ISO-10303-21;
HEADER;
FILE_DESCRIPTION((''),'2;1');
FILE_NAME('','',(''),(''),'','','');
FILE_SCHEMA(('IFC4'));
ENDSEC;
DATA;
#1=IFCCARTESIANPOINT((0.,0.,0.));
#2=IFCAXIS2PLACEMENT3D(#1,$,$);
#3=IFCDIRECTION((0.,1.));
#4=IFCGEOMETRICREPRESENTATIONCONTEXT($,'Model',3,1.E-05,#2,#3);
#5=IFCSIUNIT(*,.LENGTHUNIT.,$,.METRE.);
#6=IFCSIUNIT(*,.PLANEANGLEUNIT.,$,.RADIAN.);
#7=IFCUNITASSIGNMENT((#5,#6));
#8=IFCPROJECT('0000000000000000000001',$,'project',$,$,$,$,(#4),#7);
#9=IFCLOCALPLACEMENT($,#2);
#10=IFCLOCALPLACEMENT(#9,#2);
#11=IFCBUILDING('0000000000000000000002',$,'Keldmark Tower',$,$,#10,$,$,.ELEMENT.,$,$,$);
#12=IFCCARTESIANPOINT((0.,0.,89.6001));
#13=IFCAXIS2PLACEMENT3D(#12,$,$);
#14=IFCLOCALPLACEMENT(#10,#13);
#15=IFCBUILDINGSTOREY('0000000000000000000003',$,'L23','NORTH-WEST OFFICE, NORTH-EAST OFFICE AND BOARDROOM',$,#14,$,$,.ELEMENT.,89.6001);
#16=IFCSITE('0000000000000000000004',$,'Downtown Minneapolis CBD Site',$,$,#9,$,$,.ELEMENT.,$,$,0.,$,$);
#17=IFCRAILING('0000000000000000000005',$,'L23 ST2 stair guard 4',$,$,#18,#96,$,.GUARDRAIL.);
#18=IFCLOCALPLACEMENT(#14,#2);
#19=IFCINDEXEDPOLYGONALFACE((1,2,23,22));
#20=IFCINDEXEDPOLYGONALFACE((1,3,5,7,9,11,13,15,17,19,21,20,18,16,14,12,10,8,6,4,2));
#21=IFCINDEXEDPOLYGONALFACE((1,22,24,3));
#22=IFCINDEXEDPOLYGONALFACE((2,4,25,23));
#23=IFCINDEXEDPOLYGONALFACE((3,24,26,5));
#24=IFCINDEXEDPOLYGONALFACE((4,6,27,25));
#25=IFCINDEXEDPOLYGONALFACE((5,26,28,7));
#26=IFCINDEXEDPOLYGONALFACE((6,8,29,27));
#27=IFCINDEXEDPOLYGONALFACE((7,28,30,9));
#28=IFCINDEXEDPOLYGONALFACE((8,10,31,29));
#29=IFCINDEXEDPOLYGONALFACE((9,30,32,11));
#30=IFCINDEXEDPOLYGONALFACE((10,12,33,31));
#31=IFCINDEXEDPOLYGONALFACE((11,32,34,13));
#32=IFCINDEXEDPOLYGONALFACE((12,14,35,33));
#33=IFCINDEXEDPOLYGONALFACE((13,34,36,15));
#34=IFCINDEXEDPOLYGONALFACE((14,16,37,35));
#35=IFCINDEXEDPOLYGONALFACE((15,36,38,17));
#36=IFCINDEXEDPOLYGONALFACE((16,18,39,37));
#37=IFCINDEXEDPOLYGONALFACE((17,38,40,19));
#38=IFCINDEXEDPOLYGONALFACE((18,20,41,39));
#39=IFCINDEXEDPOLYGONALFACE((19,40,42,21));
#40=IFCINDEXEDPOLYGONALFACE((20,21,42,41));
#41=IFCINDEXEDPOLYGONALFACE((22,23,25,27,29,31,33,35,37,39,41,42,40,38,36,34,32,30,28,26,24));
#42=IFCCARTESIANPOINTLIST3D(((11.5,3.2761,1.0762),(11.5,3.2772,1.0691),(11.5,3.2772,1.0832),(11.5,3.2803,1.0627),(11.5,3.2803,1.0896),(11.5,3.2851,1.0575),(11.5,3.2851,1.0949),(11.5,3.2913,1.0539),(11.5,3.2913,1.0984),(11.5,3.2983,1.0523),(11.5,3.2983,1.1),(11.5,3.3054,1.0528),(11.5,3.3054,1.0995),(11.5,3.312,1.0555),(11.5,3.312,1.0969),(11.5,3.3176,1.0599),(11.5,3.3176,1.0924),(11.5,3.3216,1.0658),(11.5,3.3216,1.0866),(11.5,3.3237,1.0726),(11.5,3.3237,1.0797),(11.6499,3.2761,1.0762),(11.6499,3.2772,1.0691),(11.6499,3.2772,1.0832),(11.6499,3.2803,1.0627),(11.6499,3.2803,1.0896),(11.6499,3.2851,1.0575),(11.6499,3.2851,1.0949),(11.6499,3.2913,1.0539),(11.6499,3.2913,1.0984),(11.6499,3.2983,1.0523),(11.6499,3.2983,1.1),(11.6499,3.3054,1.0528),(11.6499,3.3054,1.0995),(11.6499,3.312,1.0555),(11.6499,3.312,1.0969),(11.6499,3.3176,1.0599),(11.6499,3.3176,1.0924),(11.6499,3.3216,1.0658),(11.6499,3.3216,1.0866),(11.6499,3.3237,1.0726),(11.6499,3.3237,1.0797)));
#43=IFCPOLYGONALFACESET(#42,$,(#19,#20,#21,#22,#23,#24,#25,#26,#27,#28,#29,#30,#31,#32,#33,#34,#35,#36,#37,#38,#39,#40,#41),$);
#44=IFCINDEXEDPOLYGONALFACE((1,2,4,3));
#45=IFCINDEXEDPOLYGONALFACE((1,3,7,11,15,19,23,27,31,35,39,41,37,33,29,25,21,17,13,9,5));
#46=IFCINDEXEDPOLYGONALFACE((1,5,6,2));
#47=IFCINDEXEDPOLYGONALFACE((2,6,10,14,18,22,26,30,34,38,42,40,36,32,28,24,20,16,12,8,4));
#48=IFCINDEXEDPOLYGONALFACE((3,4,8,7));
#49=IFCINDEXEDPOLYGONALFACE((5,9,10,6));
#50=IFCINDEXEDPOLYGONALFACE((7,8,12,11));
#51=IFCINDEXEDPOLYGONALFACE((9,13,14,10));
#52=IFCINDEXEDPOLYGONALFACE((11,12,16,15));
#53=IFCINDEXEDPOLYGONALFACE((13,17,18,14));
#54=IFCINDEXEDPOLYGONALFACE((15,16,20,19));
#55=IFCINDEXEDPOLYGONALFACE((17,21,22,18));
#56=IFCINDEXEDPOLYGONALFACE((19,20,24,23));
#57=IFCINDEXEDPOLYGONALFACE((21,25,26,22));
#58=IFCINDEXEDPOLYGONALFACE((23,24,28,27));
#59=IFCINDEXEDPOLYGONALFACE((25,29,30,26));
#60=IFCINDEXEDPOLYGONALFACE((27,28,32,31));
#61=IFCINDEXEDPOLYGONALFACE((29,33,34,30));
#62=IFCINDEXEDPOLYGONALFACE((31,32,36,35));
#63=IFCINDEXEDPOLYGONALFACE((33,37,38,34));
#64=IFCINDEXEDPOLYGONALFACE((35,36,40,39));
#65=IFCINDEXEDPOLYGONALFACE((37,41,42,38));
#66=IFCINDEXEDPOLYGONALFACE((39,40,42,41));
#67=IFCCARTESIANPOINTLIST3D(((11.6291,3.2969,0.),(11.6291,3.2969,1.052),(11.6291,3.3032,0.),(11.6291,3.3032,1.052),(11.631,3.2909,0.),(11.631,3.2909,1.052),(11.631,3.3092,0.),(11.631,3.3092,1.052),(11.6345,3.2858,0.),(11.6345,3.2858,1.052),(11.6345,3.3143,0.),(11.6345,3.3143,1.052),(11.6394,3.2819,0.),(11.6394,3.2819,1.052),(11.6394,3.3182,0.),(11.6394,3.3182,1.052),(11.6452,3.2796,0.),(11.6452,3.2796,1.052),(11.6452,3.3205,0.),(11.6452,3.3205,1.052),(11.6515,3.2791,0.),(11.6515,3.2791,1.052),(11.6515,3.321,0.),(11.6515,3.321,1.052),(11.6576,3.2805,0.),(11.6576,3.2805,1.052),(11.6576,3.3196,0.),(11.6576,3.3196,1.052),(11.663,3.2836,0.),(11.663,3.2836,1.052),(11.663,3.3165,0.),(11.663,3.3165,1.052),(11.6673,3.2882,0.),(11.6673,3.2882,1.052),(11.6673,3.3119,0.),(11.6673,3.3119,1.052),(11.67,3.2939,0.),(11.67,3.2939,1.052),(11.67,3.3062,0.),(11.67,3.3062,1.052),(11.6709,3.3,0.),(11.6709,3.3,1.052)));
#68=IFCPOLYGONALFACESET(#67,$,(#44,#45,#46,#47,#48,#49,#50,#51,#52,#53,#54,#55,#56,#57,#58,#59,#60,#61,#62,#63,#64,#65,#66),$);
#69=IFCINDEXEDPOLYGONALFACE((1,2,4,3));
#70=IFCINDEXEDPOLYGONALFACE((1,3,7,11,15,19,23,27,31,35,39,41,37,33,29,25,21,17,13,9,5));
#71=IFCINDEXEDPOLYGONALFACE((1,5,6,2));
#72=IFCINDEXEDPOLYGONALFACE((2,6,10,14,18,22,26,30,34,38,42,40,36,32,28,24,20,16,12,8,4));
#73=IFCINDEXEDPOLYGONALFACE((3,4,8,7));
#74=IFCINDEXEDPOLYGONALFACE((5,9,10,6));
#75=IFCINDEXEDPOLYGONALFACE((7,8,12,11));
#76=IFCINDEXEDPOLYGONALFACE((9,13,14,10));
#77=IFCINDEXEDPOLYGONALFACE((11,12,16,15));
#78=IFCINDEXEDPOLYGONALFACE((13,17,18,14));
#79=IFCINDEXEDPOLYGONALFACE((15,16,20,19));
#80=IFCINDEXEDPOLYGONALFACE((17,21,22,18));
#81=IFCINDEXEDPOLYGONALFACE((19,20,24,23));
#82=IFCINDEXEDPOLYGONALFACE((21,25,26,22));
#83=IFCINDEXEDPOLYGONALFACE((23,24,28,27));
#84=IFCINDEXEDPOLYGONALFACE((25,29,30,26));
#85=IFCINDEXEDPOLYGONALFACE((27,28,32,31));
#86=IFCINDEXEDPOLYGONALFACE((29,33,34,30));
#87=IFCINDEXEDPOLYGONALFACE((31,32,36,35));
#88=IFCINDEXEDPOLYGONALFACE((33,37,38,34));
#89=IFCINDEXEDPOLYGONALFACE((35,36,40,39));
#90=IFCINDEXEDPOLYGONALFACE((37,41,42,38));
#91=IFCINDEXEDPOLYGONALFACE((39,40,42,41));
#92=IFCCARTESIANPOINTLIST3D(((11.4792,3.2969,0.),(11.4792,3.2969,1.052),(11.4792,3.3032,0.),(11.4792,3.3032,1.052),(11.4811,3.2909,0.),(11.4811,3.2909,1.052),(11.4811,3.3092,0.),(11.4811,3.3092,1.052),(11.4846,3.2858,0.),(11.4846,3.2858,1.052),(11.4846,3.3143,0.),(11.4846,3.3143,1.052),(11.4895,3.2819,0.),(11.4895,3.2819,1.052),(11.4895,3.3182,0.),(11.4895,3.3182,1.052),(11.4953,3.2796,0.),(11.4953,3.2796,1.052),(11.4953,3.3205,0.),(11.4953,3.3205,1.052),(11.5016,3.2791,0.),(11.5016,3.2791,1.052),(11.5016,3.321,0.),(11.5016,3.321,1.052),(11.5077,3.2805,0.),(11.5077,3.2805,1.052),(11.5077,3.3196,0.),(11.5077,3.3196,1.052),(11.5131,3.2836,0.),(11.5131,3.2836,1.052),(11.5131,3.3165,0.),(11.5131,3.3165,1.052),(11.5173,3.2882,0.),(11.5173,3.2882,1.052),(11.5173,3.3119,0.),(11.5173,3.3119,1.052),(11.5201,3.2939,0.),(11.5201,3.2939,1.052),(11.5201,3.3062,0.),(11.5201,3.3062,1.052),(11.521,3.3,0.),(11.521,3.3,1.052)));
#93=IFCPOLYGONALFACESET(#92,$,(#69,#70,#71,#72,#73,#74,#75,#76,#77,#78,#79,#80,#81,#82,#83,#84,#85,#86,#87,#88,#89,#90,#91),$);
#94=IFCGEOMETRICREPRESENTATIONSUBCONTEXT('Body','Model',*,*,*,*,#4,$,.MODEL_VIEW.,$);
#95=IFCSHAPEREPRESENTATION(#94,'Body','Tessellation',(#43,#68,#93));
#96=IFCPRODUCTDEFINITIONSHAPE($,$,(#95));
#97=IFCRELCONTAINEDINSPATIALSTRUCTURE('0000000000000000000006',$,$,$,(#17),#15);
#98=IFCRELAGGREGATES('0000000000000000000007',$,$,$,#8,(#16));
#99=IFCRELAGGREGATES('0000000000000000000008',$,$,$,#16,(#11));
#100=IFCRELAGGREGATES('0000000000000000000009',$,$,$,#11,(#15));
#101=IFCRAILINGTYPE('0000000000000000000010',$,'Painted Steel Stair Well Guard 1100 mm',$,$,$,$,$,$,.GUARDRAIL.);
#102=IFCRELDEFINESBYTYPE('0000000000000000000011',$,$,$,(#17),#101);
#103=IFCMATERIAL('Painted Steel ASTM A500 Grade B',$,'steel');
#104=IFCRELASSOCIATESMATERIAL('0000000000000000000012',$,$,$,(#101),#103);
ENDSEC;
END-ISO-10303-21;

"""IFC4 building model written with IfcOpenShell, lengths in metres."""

from ifc_helpers import new_model, si_unit, direction, frame, origin, origin_2d, place, context, subcontext, project, spatial, circle, extrude, material, type_object, element, save


model = new_model("IFC4")

# Units and contexts
model_context = context("Model", 3, precision=1e-05, world=origin(), true_north=direction((0.0, 1.0)))
body_context = subcontext(model_context, "Body", "Model", "MODEL_VIEW")
ifc_project = project(units=[si_unit("LENGTHUNIT", "METRE"), si_unit("PLANEANGLEUNIT", "RADIAN")], contexts=[model_context])

# Site, building, storey
site_placement = place(None, origin())
site = spatial("IfcSite", under=ifc_project, at=site_placement, Name="Downtown Minneapolis CBD Site", CompositionType="ELEMENT", RefElevation=0.0)
building_placement = place(site_placement, origin())
building = spatial("IfcBuilding", under=site, at=building_placement, Name="Keldmark Tower", CompositionType="ELEMENT")
storey_placement = place(building_placement, frame((0.0, 0.0, 89.6001)))
storey = spatial("IfcBuildingStorey", under=building, at=storey_placement, Name="L23", Description="NORTH-WEST OFFICE, NORTH-EAST OFFICE AND BOARDROOM", CompositionType="ELEMENT", Elevation=89.6001)

# Railing
ifc_material_1 = material(Name="Painted Steel ASTM A500 Grade B", Category="steel")
railing_type_1 = type_object("IfcRailingType", Name="Painted Steel Stair Well Guard 1100 mm", PredefinedType="GUARDRAIL", material=ifc_material_1)
railing_1_placement = place(storey_placement, frame((11.6499, 3.3, 0.0)))
element("IfcRailing", 1, at=railing_1_placement, inside=storey, type_object=railing_type_1, Name="L23 ST2 stair guard 4", PredefinedType="GUARDRAIL", context=body_context, shape_type="SweptSolid", body=[
    extrude(circle(Radius=0.0239, at=origin_2d()), frame((0.0, 0.0, 1.0762), z_axis=(-1.0, 0.0, 0.0), x_axis=(0.0, -1.0, 0.0)), (0.0, 0.0, 1.0), 0.1499),
    extrude(circle(Radius=0.021, at=origin_2d()), origin(), (0.0, 0.0, 1.0), 1.052),
    extrude(circle(Radius=0.021, at=origin_2d()), frame((-0.1499, 0.0, 0.0)), (0.0, 0.0, 1.0), 1.052),
])

save(model, "model.ifc")
